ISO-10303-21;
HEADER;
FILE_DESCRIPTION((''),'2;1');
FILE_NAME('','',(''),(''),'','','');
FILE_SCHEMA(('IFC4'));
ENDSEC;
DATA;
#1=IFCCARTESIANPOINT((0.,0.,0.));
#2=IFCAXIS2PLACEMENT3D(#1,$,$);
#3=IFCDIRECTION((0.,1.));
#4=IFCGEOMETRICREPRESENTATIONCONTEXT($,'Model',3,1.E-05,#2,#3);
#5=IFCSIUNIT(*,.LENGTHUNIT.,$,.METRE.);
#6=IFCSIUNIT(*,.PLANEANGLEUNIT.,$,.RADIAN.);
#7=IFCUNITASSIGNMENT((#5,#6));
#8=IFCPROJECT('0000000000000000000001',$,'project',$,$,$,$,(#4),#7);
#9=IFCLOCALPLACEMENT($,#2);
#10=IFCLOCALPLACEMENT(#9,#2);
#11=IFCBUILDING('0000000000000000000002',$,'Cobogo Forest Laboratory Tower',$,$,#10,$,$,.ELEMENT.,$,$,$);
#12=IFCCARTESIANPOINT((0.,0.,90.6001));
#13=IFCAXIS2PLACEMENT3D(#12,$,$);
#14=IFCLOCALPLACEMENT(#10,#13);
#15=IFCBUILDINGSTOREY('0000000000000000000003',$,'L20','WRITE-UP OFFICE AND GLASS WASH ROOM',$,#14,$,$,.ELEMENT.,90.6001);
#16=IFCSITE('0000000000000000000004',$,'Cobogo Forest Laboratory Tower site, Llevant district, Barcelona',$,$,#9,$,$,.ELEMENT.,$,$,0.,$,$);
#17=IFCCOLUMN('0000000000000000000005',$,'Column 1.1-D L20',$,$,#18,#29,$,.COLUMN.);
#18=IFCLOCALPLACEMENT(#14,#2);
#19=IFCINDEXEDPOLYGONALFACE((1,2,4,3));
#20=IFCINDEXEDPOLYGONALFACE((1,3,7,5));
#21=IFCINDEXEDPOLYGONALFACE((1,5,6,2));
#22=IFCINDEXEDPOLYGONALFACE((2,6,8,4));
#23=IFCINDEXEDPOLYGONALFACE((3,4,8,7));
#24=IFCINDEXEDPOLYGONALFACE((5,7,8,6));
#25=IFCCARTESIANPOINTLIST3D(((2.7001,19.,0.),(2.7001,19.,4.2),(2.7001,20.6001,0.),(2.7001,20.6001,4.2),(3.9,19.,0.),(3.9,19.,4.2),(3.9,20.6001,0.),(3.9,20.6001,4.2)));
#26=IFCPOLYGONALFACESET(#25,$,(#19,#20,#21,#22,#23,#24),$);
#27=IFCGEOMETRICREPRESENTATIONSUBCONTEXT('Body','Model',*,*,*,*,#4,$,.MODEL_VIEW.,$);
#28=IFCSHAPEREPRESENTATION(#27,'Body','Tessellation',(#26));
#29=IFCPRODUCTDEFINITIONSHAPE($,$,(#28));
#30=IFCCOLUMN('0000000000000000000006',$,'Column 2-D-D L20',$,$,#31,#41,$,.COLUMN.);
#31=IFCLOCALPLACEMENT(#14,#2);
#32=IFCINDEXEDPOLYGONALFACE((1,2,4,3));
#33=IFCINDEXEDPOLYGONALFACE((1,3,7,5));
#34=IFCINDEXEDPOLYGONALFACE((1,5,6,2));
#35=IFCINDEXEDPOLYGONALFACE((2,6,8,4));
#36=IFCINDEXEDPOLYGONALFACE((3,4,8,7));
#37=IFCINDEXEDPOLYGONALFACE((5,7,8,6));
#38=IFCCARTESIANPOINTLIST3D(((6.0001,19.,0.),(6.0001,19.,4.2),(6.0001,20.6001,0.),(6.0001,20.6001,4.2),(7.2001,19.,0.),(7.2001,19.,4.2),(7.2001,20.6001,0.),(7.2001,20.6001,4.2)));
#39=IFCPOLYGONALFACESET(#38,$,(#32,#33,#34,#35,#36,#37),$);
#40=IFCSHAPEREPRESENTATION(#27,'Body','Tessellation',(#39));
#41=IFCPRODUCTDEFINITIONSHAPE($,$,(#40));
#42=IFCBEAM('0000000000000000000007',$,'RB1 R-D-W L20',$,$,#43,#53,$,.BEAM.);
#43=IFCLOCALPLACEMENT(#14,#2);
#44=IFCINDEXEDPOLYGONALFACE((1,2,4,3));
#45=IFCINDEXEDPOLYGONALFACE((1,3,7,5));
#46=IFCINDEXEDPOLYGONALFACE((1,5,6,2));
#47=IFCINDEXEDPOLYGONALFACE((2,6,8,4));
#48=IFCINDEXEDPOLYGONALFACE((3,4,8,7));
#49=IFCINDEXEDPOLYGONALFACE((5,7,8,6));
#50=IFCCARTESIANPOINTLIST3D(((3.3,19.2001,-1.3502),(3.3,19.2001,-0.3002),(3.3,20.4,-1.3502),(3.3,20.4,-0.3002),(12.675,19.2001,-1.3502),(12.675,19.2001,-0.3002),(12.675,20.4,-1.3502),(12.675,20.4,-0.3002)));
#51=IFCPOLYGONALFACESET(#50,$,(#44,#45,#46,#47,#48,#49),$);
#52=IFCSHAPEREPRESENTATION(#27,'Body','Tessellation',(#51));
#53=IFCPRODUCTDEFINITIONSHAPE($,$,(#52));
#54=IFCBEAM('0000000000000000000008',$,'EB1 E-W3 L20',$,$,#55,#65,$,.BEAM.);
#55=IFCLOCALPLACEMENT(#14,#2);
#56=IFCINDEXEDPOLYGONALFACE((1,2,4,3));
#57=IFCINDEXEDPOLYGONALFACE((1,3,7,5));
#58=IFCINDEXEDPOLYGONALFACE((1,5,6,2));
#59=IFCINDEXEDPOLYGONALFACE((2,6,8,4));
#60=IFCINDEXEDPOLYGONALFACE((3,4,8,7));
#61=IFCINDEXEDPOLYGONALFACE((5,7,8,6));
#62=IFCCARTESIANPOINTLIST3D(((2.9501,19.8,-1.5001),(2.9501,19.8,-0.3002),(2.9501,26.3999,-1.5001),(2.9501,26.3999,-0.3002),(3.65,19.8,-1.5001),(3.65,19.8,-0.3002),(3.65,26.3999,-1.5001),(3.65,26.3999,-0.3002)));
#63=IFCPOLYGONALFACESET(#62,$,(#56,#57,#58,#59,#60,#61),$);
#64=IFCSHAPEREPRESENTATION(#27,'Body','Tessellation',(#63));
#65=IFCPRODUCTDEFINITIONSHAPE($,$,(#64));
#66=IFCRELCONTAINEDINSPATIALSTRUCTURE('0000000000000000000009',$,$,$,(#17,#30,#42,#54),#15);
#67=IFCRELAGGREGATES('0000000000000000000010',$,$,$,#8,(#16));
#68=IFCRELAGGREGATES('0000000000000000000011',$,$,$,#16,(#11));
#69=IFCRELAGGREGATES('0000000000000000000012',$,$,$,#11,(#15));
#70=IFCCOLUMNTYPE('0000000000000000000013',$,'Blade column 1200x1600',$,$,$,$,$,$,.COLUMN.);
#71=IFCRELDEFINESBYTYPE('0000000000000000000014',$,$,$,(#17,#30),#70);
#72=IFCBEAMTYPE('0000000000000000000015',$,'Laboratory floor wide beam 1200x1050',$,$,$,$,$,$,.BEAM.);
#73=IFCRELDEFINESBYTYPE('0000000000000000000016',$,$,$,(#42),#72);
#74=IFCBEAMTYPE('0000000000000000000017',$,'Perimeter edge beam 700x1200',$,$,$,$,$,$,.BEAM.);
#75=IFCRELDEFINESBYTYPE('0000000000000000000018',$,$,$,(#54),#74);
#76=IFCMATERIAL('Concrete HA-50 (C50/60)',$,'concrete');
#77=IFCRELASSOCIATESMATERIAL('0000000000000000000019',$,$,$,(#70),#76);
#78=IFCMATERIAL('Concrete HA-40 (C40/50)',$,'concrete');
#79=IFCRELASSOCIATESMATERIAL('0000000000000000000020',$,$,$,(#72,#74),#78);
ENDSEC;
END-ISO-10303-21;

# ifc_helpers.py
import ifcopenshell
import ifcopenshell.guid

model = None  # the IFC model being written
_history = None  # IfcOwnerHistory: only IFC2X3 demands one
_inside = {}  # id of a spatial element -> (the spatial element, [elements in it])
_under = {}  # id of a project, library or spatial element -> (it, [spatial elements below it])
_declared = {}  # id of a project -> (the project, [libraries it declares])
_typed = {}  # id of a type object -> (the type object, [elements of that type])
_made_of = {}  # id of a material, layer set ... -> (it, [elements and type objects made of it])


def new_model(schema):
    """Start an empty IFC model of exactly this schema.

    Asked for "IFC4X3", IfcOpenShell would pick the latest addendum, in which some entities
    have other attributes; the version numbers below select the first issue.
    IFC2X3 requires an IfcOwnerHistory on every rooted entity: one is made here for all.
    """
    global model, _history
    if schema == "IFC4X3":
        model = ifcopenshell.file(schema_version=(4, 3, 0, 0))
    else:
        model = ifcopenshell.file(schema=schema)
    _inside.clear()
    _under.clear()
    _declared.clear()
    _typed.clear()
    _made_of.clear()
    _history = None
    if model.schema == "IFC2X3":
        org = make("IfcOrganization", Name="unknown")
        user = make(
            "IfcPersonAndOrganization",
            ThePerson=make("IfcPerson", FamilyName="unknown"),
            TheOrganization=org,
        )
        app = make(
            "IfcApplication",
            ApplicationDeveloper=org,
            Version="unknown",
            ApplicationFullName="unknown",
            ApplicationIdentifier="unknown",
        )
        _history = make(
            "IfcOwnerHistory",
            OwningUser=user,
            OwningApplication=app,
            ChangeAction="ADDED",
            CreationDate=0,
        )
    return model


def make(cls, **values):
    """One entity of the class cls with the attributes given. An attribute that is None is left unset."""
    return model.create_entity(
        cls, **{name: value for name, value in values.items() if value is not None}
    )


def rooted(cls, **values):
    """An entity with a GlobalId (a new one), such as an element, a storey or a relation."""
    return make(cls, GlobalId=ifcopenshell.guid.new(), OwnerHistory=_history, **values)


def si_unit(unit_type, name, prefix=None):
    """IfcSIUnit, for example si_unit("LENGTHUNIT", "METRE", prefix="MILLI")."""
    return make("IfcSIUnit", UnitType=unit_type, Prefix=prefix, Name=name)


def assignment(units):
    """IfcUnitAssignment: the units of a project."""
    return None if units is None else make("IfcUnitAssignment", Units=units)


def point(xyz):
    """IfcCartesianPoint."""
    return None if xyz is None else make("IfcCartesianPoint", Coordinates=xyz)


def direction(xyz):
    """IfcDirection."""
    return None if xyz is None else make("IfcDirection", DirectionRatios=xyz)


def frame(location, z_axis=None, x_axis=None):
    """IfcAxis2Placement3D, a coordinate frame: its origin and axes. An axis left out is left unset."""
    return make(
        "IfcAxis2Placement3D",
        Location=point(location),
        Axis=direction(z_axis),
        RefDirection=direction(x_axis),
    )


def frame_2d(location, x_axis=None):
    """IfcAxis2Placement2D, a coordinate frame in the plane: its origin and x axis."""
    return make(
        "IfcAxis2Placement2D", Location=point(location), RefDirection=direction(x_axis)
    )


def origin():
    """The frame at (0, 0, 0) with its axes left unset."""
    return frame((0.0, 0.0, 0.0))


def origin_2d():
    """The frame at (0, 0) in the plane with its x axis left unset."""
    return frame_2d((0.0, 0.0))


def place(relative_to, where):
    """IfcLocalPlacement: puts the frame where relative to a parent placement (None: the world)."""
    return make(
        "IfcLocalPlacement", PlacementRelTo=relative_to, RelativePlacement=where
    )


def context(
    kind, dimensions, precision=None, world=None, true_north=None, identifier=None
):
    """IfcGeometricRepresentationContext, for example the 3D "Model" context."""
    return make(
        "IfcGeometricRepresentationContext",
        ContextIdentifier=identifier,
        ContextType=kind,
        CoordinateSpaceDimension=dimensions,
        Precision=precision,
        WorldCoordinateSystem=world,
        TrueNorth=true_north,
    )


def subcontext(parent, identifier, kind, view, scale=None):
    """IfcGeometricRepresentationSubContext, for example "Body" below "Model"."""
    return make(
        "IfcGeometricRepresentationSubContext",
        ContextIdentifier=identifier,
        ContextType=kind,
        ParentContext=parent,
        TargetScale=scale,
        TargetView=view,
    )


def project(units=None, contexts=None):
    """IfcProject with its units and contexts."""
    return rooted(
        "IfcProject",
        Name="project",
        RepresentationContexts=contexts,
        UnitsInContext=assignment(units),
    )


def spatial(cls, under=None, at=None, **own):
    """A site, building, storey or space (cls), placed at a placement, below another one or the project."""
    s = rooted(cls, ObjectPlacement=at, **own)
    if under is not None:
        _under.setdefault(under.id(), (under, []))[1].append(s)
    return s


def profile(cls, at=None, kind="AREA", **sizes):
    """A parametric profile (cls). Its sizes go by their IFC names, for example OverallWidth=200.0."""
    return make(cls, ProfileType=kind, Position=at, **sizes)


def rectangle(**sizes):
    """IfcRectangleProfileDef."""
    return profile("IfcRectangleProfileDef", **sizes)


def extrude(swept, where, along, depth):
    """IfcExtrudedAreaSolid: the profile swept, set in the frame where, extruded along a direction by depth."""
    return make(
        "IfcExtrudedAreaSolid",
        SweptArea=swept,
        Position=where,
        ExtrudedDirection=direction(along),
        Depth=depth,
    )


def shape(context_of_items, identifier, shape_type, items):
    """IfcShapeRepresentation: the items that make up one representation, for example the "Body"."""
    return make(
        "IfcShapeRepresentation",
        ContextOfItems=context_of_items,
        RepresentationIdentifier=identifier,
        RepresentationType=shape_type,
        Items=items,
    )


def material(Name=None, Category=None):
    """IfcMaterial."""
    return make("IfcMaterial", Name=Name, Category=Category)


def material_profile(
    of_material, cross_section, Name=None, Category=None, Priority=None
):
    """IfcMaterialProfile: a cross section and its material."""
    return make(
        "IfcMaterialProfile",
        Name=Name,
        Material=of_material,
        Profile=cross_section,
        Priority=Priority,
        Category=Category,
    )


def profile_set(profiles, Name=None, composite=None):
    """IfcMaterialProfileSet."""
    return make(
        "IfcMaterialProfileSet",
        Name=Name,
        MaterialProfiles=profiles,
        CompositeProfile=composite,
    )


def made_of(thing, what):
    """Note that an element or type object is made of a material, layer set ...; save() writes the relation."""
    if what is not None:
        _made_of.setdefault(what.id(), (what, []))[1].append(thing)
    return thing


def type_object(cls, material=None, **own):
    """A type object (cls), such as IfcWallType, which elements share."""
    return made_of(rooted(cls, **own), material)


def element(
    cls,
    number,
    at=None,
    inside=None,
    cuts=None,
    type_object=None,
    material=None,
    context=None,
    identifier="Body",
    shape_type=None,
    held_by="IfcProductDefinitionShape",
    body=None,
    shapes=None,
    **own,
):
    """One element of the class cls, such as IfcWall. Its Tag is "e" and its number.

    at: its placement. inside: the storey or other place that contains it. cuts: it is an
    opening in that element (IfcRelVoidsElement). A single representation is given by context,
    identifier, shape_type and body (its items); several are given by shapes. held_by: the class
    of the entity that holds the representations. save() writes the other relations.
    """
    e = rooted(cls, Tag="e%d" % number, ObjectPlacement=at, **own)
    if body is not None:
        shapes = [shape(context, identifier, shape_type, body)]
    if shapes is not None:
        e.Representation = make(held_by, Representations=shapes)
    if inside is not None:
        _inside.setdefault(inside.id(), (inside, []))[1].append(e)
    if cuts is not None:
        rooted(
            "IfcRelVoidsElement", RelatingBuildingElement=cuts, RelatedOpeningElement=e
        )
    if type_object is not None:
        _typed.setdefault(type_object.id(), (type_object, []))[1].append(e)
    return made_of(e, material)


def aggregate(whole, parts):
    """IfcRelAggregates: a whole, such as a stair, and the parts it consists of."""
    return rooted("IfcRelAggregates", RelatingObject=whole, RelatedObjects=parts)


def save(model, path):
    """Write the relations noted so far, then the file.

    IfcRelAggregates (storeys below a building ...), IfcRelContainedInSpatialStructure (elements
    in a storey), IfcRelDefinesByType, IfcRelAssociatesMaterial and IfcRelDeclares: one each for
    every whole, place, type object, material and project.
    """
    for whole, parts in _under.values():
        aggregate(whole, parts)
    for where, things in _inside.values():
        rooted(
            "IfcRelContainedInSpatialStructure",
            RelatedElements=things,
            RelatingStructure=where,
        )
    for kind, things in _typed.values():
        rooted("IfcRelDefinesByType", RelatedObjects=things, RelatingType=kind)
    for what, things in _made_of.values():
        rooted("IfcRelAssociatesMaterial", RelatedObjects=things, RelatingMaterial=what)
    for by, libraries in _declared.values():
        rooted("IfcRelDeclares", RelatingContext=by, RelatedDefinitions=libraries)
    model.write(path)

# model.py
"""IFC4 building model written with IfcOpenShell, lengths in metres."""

from ifc_helpers import new_model, si_unit, direction, frame, origin, origin_2d, place, context, subcontext, project, spatial, rectangle, extrude, material, material_profile, profile_set, type_object, element, save


model = new_model("IFC4")

# Units and contexts
model_context = context("Model", 3, precision=1e-05, world=origin(), true_north=direction((0.0, 1.0)))
body_context = subcontext(model_context, "Body", "Model", "MODEL_VIEW")
ifc_project = project(units=[si_unit("LENGTHUNIT", "METRE"), si_unit("PLANEANGLEUNIT", "RADIAN")], contexts=[model_context])

# Site, building, storey
site_placement = place(None, origin())
site = spatial("IfcSite", under=ifc_project, at=site_placement, Name="Cobogo Forest Laboratory Tower site, Llevant district, Barcelona", CompositionType="ELEMENT", RefElevation=0.0)
building_placement = place(site_placement, origin())
building = spatial("IfcBuilding", under=site, at=building_placement, Name="Cobogo Forest Laboratory Tower", CompositionType="ELEMENT")
storey_placement = place(building_placement, frame((0.0, 0.0, 90.6001)))
storey = spatial("IfcBuildingStorey", under=building, at=storey_placement, Name="L20", Description="WRITE-UP OFFICE AND GLASS WASH ROOM", CompositionType="ELEMENT", Elevation=90.6001)

# Columns
ifc_material_1 = material(Name="Concrete HA-50 (C50/60)", Category="concrete")
ifc_material_profile_1 = material_profile(ifc_material_1, rectangle(XDim=1.6001, YDim=1.2, at=origin_2d()), Name="RC 1200x1600")
ifc_profile_set_1 = profile_set([ifc_material_profile_1], Name="Concrete HA-50 (C50/60)")
column_type = type_object("IfcColumnType", Name="Blade column 1200x1600", PredefinedType="COLUMN", material=ifc_profile_set_1)
for number, where, z_axis, x_axis, name in (
    (1, (3.3, 19.8, 0.0), (0.0, 0.0, 1.0), (0.0, 1.0, 0.0), "Column 1.1-D L20"),
    (2, (6.6001, 19.8, 0.0), (0.0, 0.0, 1.0), (0.0, 1.0, 0.0), "Column 2-D-D L20"),
):
    element("IfcColumn", number, at=place(storey_placement, frame(where, z_axis=z_axis, x_axis=x_axis)), inside=storey, type_object=column_type, Name=name, PredefinedType="COLUMN", context=body_context, shape_type="SweptSolid", body=[
        extrude(rectangle(XDim=1.6001, YDim=1.2, at=origin_2d()), origin(), (0.0, 0.0, 1.0), 4.2),
    ])

# Beams
ifc_material_2 = material(Name="Concrete HA-40 (C40/50)", Category="concrete")
ifc_material_profile_2 = material_profile(ifc_material_2, rectangle(XDim=1.2, YDim=1.05, at=origin_2d()), Name="RC 1200x1050")
ifc_profile_set_2 = profile_set([ifc_material_profile_2], Name="Concrete HA-40 (C40/50)")
beam_type_1 = type_object("IfcBeamType", Name="Laboratory floor wide beam 1200x1050", PredefinedType="BEAM", material=ifc_profile_set_2)
beam_1_placement = place(storey_placement, frame((12.675, 19.8, -0.8252), z_axis=(-1.0, 0.0, 0.0), x_axis=(0.0, -1.0, 0.0)))
element("IfcBeam", 3, at=beam_1_placement, inside=storey, type_object=beam_type_1, Name="RB1 R-D-W L20", PredefinedType="BEAM", context=body_context, shape_type="SweptSolid", body=[
    extrude(rectangle(XDim=1.2, YDim=1.05, at=origin_2d()), origin(), (0.0, 0.0, 1.0), 9.375),
])
ifc_material_profile_3 = material_profile(ifc_material_2, rectangle(XDim=0.7, YDim=1.2, at=origin_2d()), Name="RC 700x1200")
ifc_profile_set_3 = profile_set([ifc_material_profile_3], Name="Concrete HA-40 (C40/50)")
beam_type_2 = type_object("IfcBeamType", Name="Perimeter edge beam 700x1200", PredefinedType="BEAM", material=ifc_profile_set_3)
beam_2_placement = place(storey_placement, frame((3.3, 19.8, -0.9001), z_axis=(0.0, 1.0, 0.0), x_axis=(-1.0, 0.0, 0.0)))
element("IfcBeam", 4, at=beam_2_placement, inside=storey, type_object=beam_type_2, Name="EB1 E-W3 L20", PredefinedType="BEAM", context=body_context, shape_type="SweptSolid", body=[
    extrude(rectangle(XDim=0.7, YDim=1.2, at=origin_2d()), origin(), (0.0, 0.0, 1.0), 6.5999),
])

save(model, "model.ifc")
